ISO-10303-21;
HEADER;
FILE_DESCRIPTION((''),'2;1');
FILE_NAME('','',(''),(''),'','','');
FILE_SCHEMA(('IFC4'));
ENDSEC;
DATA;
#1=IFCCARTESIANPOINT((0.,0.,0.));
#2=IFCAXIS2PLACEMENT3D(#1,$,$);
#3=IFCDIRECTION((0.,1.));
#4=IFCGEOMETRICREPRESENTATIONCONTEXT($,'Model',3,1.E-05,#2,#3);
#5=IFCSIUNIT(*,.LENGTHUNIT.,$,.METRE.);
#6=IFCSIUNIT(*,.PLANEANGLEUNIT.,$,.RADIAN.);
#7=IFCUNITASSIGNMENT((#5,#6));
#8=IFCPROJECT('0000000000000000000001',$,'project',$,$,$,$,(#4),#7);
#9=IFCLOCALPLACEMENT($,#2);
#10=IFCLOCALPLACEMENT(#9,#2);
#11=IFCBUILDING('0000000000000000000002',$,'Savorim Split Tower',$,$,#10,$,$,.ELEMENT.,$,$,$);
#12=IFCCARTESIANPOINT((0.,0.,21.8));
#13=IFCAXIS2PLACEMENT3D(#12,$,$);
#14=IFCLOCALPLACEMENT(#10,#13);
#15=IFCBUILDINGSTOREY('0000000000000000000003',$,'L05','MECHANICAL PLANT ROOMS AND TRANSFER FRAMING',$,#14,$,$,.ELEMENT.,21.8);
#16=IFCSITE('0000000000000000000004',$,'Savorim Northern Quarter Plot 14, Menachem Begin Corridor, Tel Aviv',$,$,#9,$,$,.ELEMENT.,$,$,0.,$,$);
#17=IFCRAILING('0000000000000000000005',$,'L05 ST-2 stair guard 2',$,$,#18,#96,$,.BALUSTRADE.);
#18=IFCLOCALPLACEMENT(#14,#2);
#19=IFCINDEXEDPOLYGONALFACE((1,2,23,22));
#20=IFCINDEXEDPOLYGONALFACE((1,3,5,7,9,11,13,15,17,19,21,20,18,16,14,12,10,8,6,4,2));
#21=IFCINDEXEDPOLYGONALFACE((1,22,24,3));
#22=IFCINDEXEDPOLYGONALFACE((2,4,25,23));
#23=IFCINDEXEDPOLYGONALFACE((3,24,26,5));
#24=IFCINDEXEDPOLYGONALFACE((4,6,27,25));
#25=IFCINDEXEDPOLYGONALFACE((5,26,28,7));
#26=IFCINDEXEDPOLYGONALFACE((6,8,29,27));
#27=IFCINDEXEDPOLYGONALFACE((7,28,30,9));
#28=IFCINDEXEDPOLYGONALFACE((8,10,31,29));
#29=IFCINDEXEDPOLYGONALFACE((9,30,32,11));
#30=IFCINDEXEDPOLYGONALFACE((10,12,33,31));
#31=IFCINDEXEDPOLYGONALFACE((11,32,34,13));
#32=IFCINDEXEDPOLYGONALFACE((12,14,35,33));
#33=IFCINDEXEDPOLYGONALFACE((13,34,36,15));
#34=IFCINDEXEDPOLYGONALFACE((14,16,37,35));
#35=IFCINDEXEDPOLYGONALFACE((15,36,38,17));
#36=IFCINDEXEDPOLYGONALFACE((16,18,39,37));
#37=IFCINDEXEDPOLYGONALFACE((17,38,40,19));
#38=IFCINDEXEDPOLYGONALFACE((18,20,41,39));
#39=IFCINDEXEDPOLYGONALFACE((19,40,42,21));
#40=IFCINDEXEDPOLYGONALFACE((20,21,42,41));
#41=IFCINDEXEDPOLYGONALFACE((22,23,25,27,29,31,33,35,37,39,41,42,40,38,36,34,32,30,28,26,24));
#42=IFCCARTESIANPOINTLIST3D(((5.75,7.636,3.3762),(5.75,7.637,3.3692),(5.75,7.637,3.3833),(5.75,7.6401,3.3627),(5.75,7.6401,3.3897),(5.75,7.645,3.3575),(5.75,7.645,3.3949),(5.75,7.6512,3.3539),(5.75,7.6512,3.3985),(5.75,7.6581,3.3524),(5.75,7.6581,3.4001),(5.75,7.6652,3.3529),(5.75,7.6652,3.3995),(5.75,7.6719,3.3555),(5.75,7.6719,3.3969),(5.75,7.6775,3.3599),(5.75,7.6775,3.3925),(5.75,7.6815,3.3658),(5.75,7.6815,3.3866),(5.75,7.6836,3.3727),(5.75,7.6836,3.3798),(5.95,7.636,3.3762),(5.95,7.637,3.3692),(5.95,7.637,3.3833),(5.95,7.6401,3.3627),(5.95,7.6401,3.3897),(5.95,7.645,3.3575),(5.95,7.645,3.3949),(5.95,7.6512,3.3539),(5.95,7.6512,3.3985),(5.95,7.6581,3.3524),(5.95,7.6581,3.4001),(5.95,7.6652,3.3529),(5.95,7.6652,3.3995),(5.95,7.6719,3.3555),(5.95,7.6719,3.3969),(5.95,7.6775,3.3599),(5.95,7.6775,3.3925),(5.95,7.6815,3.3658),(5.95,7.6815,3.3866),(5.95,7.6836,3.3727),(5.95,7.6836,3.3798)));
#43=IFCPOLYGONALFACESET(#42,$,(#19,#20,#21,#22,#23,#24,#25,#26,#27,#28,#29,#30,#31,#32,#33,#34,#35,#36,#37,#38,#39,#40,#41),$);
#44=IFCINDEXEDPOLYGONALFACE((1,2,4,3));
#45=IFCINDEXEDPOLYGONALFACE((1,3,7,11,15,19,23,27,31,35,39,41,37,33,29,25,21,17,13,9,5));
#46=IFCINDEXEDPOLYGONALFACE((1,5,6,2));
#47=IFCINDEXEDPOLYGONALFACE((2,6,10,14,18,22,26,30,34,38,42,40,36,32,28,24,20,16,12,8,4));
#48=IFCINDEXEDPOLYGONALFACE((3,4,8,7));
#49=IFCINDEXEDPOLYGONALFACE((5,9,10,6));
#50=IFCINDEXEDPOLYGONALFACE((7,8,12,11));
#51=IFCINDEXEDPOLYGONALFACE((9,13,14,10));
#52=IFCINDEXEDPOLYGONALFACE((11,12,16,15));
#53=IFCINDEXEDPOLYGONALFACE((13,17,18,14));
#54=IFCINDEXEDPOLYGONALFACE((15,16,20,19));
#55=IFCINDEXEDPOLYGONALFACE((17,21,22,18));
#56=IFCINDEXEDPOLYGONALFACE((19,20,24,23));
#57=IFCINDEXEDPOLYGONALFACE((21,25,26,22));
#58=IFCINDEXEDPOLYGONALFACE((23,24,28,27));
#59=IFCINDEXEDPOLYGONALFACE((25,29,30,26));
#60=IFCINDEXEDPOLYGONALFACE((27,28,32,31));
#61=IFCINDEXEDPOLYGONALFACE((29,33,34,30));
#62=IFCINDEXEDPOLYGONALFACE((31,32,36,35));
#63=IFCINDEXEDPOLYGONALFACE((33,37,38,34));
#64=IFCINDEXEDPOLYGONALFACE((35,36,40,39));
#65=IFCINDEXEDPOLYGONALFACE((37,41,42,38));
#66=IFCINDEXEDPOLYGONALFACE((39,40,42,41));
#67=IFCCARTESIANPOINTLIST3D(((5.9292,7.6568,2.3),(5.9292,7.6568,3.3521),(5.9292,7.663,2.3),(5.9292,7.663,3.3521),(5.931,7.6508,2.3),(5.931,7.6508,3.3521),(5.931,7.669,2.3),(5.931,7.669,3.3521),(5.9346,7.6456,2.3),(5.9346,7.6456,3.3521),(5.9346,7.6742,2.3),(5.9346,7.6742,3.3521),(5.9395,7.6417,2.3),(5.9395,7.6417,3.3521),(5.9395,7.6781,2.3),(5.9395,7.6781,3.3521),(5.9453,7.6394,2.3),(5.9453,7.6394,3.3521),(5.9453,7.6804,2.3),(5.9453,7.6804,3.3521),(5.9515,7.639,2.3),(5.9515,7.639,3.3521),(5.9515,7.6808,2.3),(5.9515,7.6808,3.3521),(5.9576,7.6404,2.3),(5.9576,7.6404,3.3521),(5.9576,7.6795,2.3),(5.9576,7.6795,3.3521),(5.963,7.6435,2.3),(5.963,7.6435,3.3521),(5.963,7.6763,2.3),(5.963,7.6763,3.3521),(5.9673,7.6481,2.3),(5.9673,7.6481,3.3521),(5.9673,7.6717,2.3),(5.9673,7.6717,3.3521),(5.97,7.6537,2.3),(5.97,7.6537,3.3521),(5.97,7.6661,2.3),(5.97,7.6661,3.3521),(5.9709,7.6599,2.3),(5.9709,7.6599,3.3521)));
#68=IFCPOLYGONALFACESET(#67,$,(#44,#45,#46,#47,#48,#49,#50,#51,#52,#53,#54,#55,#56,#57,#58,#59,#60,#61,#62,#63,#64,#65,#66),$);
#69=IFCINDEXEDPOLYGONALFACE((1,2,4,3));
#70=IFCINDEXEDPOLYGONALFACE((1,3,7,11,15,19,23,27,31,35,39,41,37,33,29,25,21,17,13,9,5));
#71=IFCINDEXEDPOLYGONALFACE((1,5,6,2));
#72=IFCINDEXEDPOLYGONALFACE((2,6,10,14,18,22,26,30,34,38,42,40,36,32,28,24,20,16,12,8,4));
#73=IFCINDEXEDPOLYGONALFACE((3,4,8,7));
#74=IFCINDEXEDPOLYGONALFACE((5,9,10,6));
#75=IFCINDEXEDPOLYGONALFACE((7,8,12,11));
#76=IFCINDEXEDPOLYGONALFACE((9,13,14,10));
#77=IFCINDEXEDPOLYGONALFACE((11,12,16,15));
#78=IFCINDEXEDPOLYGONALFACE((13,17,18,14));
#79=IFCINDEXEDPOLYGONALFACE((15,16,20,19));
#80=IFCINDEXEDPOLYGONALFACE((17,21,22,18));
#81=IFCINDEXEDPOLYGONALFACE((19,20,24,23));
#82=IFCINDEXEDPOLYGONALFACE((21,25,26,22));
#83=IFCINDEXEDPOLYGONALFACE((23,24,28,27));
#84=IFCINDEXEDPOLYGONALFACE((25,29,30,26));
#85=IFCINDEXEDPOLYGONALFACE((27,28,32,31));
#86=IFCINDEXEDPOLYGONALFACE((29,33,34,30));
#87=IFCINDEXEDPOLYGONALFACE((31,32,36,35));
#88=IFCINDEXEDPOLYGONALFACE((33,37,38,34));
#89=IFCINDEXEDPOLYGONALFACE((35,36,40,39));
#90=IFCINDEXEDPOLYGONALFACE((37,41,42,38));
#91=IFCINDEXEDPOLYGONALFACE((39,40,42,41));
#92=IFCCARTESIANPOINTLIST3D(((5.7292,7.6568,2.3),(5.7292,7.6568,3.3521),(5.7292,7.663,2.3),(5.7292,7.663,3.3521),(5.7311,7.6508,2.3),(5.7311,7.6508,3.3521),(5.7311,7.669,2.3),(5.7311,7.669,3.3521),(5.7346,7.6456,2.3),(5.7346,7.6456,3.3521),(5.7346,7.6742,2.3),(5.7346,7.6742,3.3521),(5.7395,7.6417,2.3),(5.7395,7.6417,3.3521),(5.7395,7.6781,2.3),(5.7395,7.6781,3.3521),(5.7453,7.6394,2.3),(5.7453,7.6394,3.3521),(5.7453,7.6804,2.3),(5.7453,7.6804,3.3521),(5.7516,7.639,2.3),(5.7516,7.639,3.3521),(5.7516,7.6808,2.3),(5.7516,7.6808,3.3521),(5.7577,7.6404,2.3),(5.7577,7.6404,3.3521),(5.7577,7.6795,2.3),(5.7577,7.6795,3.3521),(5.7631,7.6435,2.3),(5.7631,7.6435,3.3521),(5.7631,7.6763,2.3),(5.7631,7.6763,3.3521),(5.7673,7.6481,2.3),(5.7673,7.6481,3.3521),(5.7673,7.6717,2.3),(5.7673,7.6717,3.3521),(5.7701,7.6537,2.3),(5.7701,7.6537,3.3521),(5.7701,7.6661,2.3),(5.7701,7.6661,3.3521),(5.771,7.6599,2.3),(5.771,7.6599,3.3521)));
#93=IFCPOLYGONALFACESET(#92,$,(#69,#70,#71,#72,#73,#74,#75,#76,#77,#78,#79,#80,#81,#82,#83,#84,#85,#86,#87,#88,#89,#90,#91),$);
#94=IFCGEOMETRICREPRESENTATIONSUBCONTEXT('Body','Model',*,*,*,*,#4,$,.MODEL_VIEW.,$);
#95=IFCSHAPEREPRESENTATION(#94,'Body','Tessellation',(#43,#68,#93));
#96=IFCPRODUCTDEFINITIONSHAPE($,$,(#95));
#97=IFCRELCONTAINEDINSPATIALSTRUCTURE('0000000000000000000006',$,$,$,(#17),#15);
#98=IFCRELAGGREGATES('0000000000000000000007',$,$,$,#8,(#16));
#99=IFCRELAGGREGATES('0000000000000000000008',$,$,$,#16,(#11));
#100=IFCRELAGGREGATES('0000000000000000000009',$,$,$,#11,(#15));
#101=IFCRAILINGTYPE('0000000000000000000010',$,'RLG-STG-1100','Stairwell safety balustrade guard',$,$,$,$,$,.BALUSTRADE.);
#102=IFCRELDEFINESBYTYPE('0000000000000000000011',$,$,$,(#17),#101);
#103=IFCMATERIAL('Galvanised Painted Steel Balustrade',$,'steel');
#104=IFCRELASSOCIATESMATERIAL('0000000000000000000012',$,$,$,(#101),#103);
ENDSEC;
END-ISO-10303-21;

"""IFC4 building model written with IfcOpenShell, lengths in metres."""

from ifc_helpers import new_model, si_unit, direction, frame, origin, origin_2d, place, context, subcontext, project, spatial, circle, extrude, material, type_object, element, save


model = new_model("IFC4")

# Units and contexts
model_context = context("Model", 3, precision=1e-05, world=origin(), true_north=direction((0.0, 1.0)))
body_context = subcontext(model_context, "Body", "Model", "MODEL_VIEW")
ifc_project = project(units=[si_unit("LENGTHUNIT", "METRE"), si_unit("PLANEANGLEUNIT", "RADIAN")], contexts=[model_context])

# Site, building, storey
site_placement = place(None, origin())
site = spatial("IfcSite", under=ifc_project, at=site_placement, Name="Savorim Northern Quarter Plot 14, Menachem Begin Corridor, Tel Aviv", CompositionType="ELEMENT", RefElevation=0.0)
building_placement = place(site_placement, origin())
building = spatial("IfcBuilding", under=site, at=building_placement, Name="Savorim Split Tower", CompositionType="ELEMENT")
storey_placement = place(building_placement, frame((0.0, 0.0, 21.8)))
storey = spatial("IfcBuildingStorey", under=building, at=storey_placement, Name="L05", Description="MECHANICAL PLANT ROOMS AND TRANSFER FRAMING", CompositionType="ELEMENT", Elevation=21.8)

# Railing
ifc_material_1 = material(Name="Galvanised Painted Steel Balustrade", Category="steel")
railing_type_1 = type_object("IfcRailingType", Name="RLG-STG-1100", Description="Stairwell safety balustrade guard", PredefinedType="BALUSTRADE", material=ifc_material_1)
railing_1_placement = place(storey_placement, frame((5.95, 7.6599, 2.3)))
element("IfcRailing", 1, at=railing_1_placement, inside=storey, type_object=railing_type_1, Name="L05 ST-2 stair guard 2", PredefinedType="BALUSTRADE", context=body_context, shape_type="SweptSolid", body=[
    extrude(circle(Radius=0.0239, at=origin_2d()), frame((0.0, 0.0, 1.0762), z_axis=(-1.0, 0.0, 0.0), x_axis=(0.0, -1.0, 0.0)), (0.0, 0.0, 1.0), 0.2),
    extrude(circle(Radius=0.021, at=origin_2d()), origin(), (0.0, 0.0, 1.0), 1.052),
    extrude(circle(Radius=0.021, at=origin_2d()), frame((-0.2, 0.0, 0.0)), (0.0, 0.0, 1.0), 1.052),
])

save(model, "model.ifc")
